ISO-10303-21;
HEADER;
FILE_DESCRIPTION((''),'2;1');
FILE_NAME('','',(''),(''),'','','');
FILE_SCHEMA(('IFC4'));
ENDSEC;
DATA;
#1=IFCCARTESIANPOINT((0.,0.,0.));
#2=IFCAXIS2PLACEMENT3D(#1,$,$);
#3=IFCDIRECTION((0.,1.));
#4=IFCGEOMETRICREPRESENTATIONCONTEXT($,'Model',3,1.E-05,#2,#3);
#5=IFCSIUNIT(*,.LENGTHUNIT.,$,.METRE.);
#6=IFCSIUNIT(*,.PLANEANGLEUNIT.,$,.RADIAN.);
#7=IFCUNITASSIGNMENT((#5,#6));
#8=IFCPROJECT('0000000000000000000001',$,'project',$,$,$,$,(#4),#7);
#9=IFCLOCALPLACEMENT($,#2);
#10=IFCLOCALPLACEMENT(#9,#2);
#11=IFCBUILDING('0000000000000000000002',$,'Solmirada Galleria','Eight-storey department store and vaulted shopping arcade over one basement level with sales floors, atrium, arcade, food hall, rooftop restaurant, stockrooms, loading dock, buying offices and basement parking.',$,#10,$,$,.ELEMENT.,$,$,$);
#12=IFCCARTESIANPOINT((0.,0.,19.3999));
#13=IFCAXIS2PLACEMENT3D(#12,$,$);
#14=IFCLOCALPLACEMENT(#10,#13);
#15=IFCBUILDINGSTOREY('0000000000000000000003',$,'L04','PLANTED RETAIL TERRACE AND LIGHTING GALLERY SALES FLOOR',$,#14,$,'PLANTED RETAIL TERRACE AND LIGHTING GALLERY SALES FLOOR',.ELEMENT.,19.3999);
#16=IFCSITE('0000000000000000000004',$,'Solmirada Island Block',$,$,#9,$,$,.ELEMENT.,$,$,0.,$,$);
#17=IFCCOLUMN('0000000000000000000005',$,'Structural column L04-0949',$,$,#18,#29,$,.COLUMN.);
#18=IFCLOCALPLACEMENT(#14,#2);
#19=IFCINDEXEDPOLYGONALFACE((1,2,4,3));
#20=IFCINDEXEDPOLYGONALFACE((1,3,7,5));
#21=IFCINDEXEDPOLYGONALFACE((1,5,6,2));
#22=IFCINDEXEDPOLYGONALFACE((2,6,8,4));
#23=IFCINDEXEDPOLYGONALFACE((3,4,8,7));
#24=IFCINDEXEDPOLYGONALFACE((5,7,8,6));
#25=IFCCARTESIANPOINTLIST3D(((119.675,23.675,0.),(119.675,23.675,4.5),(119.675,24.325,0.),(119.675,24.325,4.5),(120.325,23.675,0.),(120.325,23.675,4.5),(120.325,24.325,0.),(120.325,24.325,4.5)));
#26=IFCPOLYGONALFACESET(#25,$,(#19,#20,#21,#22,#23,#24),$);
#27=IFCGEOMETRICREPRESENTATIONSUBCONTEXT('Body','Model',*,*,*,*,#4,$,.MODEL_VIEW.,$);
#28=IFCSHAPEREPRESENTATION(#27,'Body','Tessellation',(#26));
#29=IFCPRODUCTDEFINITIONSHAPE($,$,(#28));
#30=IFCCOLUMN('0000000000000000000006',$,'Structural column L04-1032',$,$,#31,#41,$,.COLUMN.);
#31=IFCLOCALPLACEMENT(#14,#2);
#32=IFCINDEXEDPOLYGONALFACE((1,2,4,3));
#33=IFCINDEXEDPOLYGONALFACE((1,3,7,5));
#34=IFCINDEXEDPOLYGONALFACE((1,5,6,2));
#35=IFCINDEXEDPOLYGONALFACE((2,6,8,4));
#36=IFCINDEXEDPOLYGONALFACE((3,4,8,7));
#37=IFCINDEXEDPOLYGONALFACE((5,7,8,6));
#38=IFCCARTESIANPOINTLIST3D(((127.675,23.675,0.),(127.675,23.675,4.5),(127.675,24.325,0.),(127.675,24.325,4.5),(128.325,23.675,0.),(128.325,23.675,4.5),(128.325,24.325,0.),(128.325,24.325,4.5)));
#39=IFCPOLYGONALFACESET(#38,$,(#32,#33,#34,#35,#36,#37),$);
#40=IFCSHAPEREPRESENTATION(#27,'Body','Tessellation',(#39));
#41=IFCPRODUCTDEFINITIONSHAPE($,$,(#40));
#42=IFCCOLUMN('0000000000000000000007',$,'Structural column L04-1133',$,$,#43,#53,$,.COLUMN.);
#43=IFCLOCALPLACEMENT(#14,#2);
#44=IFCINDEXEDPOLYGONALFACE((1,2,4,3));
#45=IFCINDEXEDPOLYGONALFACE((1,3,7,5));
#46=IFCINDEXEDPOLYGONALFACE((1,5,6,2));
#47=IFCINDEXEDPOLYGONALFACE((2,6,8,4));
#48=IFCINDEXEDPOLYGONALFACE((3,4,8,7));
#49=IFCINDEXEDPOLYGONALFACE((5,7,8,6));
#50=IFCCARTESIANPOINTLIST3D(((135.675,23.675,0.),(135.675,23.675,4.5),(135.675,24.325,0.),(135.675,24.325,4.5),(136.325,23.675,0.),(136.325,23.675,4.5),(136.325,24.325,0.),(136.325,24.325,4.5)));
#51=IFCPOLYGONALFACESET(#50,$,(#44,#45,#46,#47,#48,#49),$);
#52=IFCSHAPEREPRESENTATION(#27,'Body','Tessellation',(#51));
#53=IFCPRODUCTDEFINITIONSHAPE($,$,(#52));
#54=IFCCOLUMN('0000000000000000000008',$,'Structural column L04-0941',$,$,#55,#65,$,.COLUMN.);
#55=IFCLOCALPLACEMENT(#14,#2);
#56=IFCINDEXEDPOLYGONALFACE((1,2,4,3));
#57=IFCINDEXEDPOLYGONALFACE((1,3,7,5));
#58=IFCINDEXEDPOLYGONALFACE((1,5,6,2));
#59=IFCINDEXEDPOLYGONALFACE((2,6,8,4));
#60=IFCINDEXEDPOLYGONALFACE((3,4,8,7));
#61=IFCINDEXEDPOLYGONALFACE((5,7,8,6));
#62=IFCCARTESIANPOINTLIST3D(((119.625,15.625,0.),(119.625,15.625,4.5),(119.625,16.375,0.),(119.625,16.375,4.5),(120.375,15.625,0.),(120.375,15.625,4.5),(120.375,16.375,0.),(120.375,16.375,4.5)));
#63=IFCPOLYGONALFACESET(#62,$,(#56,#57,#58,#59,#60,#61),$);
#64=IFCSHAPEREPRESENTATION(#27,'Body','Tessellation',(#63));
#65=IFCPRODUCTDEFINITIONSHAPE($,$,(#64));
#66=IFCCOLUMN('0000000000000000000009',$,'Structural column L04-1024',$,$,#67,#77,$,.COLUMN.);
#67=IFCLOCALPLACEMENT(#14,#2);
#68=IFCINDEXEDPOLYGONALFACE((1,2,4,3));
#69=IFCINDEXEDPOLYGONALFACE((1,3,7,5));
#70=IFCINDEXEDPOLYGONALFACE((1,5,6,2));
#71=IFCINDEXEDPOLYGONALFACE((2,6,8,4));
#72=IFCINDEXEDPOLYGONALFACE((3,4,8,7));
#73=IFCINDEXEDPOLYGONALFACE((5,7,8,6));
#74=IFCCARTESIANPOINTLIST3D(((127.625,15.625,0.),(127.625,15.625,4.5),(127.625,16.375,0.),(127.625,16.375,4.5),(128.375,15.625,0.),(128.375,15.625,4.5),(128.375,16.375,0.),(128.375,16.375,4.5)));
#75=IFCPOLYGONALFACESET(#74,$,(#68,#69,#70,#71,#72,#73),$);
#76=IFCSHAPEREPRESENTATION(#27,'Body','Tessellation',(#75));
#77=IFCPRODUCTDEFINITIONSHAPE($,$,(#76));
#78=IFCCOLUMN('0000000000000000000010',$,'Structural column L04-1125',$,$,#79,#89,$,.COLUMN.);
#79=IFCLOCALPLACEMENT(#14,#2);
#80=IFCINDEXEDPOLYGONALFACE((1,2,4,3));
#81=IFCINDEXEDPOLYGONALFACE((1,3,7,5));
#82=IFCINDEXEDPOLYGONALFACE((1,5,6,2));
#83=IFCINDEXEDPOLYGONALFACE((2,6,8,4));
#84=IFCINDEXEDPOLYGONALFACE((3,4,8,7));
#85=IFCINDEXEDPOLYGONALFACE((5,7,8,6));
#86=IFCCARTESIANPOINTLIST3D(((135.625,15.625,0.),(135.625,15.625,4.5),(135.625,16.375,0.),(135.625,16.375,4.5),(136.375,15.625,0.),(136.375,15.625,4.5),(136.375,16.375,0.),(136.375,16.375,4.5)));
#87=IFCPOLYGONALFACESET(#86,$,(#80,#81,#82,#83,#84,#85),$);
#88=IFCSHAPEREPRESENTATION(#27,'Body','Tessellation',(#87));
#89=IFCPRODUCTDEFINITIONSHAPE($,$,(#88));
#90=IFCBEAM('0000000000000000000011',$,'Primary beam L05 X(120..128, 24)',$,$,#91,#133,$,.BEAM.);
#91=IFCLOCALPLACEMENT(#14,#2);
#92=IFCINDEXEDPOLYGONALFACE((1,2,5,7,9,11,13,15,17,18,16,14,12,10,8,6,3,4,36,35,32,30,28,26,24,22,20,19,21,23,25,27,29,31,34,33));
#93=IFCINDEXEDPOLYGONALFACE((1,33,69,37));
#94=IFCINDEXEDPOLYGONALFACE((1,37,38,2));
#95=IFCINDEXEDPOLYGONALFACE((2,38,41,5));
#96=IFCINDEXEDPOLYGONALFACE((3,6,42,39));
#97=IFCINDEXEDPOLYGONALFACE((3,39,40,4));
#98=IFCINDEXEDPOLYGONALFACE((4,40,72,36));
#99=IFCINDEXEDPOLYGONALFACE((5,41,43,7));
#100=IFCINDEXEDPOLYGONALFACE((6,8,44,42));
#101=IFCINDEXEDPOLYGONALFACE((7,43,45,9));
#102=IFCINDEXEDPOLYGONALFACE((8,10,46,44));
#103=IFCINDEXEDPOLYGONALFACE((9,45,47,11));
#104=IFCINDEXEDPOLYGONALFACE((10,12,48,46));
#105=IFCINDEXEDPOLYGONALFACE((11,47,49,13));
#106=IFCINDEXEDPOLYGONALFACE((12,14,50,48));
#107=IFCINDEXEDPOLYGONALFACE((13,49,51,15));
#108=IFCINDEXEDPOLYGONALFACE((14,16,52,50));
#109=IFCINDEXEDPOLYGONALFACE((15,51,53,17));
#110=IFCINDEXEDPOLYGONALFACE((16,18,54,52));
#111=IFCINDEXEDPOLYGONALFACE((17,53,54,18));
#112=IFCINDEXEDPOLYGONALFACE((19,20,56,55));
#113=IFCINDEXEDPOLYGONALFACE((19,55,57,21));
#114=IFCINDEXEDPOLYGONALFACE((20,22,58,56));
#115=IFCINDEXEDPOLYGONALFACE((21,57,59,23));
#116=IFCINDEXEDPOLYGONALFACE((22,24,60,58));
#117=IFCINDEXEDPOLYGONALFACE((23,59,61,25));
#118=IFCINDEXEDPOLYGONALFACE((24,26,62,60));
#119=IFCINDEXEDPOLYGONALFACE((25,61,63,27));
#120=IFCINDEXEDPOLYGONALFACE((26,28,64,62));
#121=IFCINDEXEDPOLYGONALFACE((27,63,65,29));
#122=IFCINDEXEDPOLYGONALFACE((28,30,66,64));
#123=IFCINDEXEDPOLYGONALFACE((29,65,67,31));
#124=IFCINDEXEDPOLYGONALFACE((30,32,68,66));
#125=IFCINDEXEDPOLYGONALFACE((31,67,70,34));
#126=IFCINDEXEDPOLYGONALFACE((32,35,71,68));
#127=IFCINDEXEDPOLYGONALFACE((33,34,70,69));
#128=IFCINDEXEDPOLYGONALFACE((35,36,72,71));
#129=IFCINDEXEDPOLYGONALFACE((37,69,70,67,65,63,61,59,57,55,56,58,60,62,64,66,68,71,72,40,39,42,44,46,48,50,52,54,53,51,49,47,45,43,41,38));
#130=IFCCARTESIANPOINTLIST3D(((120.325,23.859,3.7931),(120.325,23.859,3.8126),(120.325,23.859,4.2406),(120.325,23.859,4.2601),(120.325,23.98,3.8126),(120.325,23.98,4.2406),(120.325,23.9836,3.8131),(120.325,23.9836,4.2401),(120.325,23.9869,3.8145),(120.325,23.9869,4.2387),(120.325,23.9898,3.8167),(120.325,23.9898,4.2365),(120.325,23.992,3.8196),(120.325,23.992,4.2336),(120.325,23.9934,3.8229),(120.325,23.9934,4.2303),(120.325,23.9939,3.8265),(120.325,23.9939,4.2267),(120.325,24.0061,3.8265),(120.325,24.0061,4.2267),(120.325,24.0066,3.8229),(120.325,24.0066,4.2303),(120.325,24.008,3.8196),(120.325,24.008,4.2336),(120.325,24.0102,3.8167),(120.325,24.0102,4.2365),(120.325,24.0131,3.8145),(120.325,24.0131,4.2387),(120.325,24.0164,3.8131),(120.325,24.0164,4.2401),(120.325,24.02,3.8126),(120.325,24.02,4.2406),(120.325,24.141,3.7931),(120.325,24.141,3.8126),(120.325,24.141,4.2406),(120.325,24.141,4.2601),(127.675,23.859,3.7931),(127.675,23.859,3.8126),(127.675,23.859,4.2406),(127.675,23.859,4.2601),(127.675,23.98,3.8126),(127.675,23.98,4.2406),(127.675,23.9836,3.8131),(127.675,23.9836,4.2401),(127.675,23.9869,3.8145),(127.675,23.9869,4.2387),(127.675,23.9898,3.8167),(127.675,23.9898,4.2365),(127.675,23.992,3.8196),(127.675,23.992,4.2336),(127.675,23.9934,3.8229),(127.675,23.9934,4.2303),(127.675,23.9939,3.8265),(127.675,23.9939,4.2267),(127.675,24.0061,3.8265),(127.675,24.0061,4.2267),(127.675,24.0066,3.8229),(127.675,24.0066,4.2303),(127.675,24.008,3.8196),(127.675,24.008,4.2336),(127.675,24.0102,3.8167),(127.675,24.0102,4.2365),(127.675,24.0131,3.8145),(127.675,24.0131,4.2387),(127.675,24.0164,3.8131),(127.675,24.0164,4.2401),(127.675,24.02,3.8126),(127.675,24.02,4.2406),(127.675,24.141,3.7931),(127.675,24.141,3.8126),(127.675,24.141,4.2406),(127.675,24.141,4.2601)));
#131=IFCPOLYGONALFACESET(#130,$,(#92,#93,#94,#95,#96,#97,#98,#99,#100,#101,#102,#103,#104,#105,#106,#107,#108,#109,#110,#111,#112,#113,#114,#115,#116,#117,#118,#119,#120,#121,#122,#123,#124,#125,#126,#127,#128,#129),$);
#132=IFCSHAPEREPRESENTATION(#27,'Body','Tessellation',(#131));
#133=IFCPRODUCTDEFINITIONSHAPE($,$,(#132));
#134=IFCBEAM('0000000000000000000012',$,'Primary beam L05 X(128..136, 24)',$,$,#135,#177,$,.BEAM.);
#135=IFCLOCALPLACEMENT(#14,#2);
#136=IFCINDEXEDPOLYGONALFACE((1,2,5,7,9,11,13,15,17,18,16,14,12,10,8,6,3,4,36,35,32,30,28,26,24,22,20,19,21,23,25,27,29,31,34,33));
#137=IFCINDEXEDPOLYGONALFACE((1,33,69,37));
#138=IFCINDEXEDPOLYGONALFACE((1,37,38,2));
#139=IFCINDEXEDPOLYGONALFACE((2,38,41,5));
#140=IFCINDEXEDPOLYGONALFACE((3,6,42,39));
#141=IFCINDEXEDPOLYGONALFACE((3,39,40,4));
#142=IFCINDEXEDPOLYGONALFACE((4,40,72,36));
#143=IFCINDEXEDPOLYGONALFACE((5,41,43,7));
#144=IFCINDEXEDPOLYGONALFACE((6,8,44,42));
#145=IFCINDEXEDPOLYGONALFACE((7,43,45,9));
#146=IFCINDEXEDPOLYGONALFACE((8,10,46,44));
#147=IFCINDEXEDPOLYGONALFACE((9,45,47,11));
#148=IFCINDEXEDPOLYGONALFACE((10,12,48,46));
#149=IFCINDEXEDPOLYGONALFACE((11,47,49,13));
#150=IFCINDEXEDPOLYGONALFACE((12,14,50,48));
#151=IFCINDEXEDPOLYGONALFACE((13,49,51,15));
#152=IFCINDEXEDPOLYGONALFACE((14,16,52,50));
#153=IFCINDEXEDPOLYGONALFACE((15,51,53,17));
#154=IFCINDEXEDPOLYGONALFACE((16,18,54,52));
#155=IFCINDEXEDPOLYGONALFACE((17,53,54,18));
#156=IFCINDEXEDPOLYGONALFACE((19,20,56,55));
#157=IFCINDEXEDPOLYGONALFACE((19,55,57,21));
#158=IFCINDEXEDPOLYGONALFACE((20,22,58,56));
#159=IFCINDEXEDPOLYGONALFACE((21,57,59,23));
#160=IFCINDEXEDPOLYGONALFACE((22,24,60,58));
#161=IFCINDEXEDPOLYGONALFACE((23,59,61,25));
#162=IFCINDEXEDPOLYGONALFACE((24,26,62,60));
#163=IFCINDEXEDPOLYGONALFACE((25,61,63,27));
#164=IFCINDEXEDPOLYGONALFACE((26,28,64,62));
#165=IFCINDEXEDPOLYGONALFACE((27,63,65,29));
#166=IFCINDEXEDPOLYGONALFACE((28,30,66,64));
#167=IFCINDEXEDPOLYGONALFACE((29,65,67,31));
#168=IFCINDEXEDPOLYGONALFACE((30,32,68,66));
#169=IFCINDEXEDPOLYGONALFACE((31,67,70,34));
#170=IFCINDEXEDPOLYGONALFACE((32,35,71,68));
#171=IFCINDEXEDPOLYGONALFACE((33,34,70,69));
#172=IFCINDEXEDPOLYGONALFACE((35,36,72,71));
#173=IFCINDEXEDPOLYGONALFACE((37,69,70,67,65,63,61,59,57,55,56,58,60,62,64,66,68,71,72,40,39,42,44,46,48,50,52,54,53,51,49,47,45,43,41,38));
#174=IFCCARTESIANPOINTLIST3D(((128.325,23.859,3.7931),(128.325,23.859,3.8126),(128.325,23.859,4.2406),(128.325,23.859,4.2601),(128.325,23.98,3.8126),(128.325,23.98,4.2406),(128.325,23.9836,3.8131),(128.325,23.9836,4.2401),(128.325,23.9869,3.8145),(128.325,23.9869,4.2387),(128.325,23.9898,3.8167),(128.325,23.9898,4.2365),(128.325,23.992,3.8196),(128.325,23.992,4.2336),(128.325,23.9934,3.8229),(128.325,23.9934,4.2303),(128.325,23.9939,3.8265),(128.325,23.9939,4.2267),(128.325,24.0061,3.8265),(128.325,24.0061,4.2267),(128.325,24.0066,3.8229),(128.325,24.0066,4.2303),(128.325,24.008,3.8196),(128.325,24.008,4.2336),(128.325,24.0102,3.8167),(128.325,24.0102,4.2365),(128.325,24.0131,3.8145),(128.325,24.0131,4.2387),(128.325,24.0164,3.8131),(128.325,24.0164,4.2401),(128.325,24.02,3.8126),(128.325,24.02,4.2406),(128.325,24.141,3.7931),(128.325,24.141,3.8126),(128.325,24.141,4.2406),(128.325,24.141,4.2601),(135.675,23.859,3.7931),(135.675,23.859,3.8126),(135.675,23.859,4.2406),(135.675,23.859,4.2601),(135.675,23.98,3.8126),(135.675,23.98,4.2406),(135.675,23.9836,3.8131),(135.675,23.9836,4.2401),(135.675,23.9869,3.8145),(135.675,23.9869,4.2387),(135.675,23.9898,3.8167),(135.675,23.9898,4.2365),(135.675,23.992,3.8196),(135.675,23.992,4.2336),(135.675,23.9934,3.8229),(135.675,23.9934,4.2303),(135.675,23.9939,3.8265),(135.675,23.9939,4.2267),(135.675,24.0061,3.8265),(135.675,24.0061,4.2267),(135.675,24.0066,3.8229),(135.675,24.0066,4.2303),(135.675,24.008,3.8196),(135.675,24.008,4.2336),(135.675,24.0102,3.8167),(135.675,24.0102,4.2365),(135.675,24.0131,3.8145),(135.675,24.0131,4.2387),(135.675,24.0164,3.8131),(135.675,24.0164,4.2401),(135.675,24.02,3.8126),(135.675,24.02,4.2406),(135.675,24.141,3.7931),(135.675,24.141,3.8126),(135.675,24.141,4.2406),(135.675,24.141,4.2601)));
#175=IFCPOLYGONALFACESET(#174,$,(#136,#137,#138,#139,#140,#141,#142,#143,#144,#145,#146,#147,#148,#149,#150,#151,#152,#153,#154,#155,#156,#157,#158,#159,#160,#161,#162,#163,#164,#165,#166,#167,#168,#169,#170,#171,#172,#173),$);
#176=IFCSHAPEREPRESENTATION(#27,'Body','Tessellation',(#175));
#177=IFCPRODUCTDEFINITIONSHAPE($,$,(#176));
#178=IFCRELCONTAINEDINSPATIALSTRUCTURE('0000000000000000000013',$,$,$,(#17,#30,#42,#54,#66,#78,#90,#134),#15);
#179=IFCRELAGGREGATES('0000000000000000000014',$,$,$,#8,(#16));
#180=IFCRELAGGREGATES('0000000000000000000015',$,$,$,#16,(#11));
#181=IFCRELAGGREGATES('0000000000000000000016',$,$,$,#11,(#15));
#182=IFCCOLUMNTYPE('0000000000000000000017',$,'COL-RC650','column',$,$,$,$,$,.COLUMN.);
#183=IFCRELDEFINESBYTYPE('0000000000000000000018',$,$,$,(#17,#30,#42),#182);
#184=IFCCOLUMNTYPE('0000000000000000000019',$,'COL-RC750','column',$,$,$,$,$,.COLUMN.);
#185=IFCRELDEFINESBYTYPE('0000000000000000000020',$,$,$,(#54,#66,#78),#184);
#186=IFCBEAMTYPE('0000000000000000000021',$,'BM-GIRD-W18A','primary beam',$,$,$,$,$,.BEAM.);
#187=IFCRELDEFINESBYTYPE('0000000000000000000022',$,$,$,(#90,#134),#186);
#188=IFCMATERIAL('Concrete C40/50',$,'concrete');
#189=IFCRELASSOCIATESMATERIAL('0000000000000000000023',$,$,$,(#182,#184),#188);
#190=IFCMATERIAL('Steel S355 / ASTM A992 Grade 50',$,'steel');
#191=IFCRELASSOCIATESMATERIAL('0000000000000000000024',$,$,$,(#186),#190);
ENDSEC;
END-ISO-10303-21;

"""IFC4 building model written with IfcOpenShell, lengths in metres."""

from ifc_helpers import new_model, si_unit, direction, frame, origin, origin_2d, place, context, subcontext, project, spatial, rectangle, i_section, extrude, material, material_profile, profile_set, type_object, element, save


model = new_model("IFC4")

# Units and contexts
model_context = context("Model", 3, precision=1e-05, world=origin(), true_north=direction((0.0, 1.0)))
body_context = subcontext(model_context, "Body", "Model", "MODEL_VIEW")
ifc_project = project(units=[si_unit("LENGTHUNIT", "METRE"), si_unit("PLANEANGLEUNIT", "RADIAN")], contexts=[model_context])

# Site, building, storey
site_placement = place(None, origin())
site = spatial("IfcSite", under=ifc_project, at=site_placement, Name="Solmirada Island Block", CompositionType="ELEMENT", RefElevation=0.0)
building_placement = place(site_placement, origin())
building = spatial("IfcBuilding", under=site, at=building_placement, Name="Solmirada Galleria", Description="Eight-storey department store and vaulted shopping arcade over one basement level with sales floors, atrium, arcade, food hall, rooftop restaurant, stockrooms, loading dock, buying offices and basement parking.", CompositionType="ELEMENT")
storey_placement = place(building_placement, frame((0.0, 0.0, 19.3999)))
storey = spatial("IfcBuildingStorey", under=building, at=storey_placement, Name="L04", Description="PLANTED RETAIL TERRACE AND LIGHTING GALLERY SALES FLOOR", LongName="PLANTED RETAIL TERRACE AND LIGHTING GALLERY SALES FLOOR", CompositionType="ELEMENT", Elevation=19.3999)

# Columns
ifc_material_1 = material(Name="Concrete C40/50", Category="concrete")
ifc_material_profile_1 = material_profile(ifc_material_1, rectangle(XDim=0.6499, YDim=0.6499, at=origin_2d()), Name="RC650X650")
ifc_profile_set_1 = profile_set([ifc_material_profile_1], Name="Concrete C40/50")
column_type_1 = type_object("IfcColumnType", Name="COL-RC650", Description="column", PredefinedType="COLUMN", material=ifc_profile_set_1)
for number, where, z_axis, x_axis, name in (
    (1, (120.0, 24.0, 0.0), (0.0, 0.0, 1.0), (1.0, 0.0, 0.0), "Structural column L04-0949"),
    (2, (128.0, 24.0, 0.0), (0.0, 0.0, 1.0), (1.0, 0.0, 0.0), "Structural column L04-1032"),
    (3, (136.0, 24.0, 0.0), (0.0, 0.0, 1.0), (1.0, 0.0, 0.0), "Structural column L04-1133"),
):
    element("IfcColumn", number, at=place(storey_placement, frame(where, z_axis=z_axis, x_axis=x_axis)), inside=storey, type_object=column_type_1, Name=name, PredefinedType="COLUMN", context=body_context, shape_type="SweptSolid", body=[
        extrude(rectangle(XDim=0.6499, YDim=0.6499, at=origin_2d()), origin(), (0.0, 0.0, 1.0), 4.5),
    ])
ifc_material_profile_2 = material_profile(ifc_material_1, rectangle(XDim=0.75, YDim=0.75, at=origin_2d()), Name="RC750X750")
ifc_profile_set_2 = profile_set([ifc_material_profile_2], Name="Concrete C40/50")
column_type_2 = type_object("IfcColumnType", Name="COL-RC750", Description="column", PredefinedType="COLUMN", material=ifc_profile_set_2)
for number, where, z_axis, x_axis, name in (
    (4, (120.0, 16.0, 0.0), (0.0, 0.0, 1.0), (1.0, 0.0, 0.0), "Structural column L04-0941"),
    (5, (128.0, 16.0, 0.0), (0.0, 0.0, 1.0), (1.0, 0.0, 0.0), "Structural column L04-1024"),
    (6, (136.0, 16.0, 0.0), (0.0, 0.0, 1.0), (1.0, 0.0, 0.0), "Structural column L04-1125"),
):
    element("IfcColumn", number, at=place(storey_placement, frame(where, z_axis=z_axis, x_axis=x_axis)), inside=storey, type_object=column_type_2, Name=name, PredefinedType="COLUMN", context=body_context, shape_type="SweptSolid", body=[
        extrude(rectangle(XDim=0.75, YDim=0.75, at=origin_2d()), origin(), (0.0, 0.0, 1.0), 4.5),
    ])

# Beams
ifc_material_2 = material(Name="Steel S355 / ASTM A992 Grade 50", Category="steel")
ifc_material_profile_3 = material_profile(ifc_material_2, i_section(OverallWidth=0.282, OverallDepth=0.467, WebThickness=0.0122, FlangeThickness=0.0195, FilletRadius=0.0139, at=origin_2d()), Name="W18X86")
ifc_profile_set_3 = profile_set([ifc_material_profile_3], Name="Steel S355 / ASTM A992 Grade 50")
beam_type_1 = type_object("IfcBeamType", Name="BM-GIRD-W18A", Description="primary beam", PredefinedType="BEAM", material=ifc_profile_set_3)
for number, where, z_axis, x_axis, name in (
    (7, (120.325, 24.0, 4.0266), (1.0, 0.0, 0.0), (0.0, 1.0, 0.0), "Primary beam L05 X(120..128, 24)"),
    (8, (128.325, 24.0, 4.0266), (1.0, 0.0, 0.0), (0.0, 1.0, 0.0), "Primary beam L05 X(128..136, 24)"),
):
    element("IfcBeam", number, at=place(storey_placement, frame(where, z_axis=z_axis, x_axis=x_axis)), inside=storey, type_object=beam_type_1, Name=name, PredefinedType="BEAM", context=body_context, shape_type="SweptSolid", body=[
        extrude(i_section(OverallWidth=0.282, OverallDepth=0.467, WebThickness=0.0122, FlangeThickness=0.0195, FilletRadius=0.0139, at=origin_2d()), origin(), (0.0, 0.0, 1.0), 7.3501),
    ])

save(model, "model.ifc")
